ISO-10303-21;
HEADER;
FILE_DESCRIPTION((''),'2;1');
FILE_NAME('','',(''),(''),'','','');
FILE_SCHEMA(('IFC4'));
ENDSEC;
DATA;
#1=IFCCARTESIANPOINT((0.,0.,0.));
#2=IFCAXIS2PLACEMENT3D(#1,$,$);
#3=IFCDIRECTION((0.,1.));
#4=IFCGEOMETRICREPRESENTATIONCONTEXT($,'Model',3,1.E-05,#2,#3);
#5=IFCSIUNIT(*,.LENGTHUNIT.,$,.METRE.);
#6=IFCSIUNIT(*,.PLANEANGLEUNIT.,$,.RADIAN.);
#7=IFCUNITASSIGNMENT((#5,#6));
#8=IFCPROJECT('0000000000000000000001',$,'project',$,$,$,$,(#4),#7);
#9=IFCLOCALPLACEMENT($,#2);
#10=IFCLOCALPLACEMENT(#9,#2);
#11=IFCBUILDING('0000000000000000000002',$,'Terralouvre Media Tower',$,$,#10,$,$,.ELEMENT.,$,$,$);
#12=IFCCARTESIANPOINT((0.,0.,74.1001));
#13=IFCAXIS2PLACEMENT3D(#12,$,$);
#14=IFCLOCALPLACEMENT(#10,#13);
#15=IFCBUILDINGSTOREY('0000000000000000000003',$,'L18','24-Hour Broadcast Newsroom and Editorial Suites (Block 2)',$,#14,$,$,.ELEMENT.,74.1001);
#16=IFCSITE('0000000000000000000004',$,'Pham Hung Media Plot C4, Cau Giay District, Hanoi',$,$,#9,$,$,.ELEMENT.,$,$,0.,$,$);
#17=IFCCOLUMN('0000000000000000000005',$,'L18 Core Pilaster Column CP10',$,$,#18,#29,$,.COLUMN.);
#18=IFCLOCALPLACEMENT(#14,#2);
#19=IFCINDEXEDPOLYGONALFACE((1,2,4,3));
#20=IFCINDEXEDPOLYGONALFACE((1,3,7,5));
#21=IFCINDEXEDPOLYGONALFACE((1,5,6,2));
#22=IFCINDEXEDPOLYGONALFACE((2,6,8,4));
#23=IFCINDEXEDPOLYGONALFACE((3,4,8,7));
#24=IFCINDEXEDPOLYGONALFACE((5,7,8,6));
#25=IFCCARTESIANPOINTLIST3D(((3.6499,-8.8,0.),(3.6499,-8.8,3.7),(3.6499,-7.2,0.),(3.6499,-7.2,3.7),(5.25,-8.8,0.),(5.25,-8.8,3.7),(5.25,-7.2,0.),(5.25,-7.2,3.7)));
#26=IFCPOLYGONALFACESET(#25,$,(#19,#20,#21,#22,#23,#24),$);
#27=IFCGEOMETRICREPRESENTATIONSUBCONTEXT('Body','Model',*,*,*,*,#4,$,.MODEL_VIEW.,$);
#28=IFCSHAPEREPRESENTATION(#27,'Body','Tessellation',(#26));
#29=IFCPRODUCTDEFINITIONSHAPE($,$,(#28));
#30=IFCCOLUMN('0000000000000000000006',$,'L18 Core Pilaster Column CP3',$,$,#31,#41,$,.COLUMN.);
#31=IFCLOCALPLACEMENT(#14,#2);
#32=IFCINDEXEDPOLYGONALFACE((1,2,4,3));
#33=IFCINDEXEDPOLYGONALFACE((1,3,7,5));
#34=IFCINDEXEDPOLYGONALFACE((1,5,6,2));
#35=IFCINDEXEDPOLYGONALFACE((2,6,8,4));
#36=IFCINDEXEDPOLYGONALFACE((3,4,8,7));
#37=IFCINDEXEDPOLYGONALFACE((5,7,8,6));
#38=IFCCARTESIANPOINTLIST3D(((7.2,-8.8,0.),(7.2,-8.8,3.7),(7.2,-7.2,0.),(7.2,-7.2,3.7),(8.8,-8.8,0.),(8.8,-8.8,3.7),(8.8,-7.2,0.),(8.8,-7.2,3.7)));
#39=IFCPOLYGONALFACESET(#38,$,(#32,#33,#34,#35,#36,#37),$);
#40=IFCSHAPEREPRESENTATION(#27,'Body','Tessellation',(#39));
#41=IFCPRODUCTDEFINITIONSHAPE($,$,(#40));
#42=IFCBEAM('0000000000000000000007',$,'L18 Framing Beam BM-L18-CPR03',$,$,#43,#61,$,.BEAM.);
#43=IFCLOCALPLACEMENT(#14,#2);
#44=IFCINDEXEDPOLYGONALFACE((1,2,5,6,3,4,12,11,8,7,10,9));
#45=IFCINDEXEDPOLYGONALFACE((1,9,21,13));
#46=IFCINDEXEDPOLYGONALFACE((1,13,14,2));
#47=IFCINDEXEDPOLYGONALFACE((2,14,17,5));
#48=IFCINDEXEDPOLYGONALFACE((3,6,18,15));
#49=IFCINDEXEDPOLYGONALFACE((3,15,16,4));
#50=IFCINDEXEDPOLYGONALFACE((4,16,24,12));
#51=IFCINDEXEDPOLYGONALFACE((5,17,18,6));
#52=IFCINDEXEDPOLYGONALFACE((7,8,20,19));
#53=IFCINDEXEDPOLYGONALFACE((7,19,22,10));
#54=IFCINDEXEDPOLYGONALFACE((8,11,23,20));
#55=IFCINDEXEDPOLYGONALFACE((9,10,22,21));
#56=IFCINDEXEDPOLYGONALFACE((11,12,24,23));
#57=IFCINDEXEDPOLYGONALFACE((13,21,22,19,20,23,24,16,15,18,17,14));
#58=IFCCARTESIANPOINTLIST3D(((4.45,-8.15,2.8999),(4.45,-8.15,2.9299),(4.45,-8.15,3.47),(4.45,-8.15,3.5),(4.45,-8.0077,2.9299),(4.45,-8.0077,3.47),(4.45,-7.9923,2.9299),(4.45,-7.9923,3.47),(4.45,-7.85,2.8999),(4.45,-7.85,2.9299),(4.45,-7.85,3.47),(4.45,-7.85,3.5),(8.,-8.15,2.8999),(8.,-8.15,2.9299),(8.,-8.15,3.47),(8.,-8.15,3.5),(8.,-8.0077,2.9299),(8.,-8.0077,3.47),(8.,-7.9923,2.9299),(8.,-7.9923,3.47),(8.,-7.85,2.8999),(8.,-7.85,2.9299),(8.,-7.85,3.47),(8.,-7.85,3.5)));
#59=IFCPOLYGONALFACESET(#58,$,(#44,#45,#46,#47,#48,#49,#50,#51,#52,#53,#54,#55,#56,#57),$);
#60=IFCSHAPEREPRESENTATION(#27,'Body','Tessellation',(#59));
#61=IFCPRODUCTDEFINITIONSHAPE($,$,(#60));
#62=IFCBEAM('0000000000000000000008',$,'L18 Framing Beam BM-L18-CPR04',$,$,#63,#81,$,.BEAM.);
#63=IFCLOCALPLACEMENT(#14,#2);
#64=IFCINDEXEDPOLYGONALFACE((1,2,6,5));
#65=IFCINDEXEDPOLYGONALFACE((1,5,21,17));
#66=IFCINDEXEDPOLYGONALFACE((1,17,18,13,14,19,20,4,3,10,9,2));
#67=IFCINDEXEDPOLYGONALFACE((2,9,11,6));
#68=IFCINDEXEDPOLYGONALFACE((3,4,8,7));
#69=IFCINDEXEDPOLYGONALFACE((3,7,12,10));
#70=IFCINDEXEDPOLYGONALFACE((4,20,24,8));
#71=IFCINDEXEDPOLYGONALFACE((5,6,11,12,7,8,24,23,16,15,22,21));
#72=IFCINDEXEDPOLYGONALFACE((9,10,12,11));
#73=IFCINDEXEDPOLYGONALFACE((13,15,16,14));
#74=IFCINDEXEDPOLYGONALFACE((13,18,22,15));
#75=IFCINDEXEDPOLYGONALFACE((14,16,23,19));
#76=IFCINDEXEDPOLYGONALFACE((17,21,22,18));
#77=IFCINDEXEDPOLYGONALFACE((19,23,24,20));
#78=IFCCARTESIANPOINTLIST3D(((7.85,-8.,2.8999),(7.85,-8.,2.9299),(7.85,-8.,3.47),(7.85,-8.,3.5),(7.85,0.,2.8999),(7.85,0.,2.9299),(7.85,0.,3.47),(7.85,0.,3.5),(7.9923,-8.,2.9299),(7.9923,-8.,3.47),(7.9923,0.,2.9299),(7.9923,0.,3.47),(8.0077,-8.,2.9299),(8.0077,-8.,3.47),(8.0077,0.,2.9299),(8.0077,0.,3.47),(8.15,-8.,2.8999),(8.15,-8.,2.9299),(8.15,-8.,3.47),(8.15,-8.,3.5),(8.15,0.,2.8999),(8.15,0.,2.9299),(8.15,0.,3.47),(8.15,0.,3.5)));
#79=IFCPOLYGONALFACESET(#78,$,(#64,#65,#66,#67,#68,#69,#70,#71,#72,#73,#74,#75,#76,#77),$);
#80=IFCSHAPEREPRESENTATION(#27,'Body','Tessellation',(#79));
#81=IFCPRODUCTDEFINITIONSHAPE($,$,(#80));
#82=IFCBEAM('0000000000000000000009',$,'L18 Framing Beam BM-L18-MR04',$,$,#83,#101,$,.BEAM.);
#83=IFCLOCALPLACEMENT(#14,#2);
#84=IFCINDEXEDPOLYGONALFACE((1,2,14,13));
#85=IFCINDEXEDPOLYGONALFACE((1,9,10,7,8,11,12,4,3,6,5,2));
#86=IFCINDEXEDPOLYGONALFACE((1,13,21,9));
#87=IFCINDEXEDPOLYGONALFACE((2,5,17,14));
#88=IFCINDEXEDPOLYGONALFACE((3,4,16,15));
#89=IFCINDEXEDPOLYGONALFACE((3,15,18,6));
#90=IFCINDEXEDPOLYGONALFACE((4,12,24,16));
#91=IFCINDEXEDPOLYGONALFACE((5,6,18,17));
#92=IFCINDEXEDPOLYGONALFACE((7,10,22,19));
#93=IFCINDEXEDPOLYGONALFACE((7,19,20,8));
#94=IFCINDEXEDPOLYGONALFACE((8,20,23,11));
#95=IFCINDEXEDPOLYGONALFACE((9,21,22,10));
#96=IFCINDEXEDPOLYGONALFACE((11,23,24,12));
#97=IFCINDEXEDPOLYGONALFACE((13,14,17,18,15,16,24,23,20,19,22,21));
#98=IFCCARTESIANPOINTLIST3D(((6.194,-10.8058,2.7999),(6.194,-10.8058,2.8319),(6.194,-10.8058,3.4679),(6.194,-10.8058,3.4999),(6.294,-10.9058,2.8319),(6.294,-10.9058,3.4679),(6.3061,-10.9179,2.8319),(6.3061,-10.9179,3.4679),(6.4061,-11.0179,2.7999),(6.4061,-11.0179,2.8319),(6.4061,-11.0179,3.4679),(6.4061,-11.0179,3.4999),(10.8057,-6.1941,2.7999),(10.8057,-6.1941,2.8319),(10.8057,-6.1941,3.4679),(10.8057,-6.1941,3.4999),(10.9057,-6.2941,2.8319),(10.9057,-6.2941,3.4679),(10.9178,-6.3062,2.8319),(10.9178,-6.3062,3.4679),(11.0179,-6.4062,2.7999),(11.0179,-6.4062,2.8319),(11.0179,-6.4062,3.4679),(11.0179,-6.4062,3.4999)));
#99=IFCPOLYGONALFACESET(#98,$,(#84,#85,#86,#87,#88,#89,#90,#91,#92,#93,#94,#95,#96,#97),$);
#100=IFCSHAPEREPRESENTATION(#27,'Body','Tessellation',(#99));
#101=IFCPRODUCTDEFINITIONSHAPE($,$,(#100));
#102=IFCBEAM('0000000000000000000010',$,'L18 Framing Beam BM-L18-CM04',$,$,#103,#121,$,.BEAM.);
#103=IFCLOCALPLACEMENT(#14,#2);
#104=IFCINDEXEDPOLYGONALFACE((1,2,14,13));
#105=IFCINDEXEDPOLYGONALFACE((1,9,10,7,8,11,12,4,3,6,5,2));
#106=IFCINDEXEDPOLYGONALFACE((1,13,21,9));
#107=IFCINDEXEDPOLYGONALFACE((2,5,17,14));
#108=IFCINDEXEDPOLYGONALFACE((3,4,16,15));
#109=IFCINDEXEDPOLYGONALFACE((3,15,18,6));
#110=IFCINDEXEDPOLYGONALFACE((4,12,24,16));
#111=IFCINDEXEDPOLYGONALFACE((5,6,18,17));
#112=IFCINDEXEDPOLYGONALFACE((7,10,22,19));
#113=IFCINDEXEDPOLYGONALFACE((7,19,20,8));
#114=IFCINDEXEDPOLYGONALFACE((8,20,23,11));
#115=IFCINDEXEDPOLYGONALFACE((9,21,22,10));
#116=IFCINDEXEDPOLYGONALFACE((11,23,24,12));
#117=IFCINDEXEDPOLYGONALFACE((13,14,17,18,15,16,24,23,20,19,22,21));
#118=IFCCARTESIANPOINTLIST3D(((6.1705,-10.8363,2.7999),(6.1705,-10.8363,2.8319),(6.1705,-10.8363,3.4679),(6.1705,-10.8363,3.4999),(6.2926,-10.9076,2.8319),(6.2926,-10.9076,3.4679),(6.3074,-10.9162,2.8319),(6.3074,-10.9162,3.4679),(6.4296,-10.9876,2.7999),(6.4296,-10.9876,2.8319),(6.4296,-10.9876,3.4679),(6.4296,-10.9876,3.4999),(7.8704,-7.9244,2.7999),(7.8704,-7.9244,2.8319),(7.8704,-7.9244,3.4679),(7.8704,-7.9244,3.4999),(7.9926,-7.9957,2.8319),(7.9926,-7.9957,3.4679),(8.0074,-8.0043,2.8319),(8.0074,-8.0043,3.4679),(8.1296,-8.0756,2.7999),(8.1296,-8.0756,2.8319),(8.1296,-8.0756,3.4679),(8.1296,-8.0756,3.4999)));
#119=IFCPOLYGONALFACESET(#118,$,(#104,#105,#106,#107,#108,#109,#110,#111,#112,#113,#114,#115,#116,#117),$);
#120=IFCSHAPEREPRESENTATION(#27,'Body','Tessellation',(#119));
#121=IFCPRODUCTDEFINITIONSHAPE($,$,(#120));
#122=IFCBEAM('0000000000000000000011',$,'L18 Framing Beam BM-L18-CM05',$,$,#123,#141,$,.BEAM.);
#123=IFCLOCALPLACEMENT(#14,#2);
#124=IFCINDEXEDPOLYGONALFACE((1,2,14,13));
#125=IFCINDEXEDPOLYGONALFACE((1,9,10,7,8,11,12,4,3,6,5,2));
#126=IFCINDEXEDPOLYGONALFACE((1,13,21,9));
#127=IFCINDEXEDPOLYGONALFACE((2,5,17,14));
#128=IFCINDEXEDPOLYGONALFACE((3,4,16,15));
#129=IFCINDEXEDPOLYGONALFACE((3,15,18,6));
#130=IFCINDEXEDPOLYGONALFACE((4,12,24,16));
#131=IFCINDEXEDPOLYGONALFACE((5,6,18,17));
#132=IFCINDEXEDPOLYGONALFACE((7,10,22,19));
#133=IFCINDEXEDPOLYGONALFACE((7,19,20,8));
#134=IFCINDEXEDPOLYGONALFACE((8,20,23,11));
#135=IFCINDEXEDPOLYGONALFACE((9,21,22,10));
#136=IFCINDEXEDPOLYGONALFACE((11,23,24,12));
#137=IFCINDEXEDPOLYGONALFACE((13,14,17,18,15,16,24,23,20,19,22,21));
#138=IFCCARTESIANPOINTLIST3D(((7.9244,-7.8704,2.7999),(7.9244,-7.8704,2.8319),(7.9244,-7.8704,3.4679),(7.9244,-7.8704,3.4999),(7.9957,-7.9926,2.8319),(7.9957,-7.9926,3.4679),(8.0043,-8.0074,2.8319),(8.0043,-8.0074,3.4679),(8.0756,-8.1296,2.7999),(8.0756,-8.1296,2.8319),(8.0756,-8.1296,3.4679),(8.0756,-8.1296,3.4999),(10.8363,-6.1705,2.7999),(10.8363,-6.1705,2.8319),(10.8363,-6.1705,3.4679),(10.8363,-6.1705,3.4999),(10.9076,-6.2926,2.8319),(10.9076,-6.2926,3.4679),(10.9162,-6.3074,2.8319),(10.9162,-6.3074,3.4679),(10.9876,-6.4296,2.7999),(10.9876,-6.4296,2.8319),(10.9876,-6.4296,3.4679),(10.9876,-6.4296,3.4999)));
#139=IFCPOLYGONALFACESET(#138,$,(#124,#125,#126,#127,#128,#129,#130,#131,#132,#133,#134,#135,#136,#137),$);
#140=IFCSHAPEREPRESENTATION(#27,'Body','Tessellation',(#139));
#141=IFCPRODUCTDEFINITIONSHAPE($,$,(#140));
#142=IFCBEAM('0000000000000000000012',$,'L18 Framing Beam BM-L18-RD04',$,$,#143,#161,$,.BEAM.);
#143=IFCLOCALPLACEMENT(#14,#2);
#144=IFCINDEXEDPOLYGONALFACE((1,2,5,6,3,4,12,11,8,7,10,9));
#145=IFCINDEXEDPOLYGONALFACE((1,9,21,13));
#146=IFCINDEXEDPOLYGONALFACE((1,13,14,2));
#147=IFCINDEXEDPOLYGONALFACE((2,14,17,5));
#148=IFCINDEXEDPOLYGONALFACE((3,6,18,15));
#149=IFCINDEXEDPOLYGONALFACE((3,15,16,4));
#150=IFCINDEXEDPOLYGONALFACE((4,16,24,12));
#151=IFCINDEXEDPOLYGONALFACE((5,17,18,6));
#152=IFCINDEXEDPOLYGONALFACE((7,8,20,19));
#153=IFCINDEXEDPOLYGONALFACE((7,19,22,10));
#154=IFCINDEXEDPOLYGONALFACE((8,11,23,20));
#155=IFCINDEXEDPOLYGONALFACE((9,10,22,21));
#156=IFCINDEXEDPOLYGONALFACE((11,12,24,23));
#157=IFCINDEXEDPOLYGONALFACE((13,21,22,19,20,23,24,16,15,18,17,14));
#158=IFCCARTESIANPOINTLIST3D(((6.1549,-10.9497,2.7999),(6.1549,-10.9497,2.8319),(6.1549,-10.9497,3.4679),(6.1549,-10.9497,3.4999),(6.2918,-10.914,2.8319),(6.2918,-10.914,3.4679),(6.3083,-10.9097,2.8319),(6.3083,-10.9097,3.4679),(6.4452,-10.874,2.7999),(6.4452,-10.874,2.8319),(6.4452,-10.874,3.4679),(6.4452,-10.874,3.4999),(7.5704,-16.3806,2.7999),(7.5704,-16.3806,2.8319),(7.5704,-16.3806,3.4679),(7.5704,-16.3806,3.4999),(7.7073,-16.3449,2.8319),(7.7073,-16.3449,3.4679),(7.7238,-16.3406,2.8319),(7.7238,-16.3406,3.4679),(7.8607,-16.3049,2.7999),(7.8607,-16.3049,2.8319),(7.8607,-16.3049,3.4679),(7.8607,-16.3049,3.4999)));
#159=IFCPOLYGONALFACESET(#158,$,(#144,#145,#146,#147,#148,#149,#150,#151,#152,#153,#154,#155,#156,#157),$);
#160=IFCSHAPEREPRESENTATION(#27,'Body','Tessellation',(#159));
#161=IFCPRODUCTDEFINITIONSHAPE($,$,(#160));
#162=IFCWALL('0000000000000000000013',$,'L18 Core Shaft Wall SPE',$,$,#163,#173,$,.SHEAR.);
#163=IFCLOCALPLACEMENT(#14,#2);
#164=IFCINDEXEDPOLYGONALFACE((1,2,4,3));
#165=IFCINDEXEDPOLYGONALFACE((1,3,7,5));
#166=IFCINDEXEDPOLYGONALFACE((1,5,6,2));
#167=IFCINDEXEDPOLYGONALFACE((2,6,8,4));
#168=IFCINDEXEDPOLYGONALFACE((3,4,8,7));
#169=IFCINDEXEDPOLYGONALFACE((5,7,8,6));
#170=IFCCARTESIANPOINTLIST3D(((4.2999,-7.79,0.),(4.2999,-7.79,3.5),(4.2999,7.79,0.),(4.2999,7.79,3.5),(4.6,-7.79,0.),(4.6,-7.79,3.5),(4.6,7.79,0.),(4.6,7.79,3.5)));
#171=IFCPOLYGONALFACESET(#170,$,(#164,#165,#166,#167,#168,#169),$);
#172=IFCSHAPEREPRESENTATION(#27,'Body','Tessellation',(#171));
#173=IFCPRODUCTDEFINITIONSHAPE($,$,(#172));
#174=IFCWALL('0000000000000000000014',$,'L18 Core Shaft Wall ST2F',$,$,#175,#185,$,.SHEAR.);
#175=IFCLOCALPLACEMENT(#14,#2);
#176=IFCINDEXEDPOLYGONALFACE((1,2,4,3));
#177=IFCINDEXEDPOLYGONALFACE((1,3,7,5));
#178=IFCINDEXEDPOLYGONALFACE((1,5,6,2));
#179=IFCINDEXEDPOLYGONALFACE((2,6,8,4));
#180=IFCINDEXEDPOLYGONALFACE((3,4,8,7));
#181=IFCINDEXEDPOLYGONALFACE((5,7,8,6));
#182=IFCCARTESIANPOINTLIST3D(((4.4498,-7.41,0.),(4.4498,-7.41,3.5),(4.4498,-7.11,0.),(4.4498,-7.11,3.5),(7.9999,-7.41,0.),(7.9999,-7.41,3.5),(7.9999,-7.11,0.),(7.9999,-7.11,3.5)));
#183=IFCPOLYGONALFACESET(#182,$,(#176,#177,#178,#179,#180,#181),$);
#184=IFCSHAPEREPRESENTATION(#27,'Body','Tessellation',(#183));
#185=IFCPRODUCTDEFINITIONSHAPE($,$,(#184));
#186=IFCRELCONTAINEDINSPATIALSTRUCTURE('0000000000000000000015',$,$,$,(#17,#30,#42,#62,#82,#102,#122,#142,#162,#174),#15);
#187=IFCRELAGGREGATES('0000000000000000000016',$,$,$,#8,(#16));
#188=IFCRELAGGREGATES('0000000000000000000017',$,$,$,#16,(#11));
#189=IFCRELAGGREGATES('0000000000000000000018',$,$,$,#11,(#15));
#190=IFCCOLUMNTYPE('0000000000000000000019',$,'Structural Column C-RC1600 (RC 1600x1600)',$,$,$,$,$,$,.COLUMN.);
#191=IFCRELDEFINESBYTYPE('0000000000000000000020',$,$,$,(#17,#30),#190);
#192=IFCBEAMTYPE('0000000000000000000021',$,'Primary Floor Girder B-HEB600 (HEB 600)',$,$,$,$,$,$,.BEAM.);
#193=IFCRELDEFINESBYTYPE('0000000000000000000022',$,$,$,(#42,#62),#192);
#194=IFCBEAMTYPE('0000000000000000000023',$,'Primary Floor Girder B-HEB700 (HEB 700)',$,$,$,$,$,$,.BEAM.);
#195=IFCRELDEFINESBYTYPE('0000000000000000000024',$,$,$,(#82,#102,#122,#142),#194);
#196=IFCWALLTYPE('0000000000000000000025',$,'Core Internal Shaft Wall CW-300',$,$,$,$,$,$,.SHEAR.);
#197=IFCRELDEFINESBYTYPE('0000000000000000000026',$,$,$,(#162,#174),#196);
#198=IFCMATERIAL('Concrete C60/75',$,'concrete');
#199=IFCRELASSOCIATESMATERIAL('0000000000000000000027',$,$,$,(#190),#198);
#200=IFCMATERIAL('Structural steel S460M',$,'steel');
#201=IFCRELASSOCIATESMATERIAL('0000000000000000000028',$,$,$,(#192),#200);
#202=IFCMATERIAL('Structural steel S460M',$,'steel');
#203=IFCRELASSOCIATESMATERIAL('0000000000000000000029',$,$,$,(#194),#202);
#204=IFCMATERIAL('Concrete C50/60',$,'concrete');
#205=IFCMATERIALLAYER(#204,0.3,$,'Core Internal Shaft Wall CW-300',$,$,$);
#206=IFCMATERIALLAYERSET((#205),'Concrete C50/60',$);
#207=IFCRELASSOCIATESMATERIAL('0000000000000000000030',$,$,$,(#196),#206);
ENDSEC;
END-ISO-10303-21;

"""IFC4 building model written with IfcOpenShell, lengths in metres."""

from ifc_helpers import new_model, si_unit, direction, frame, frame_2d, origin, origin_2d, place, context, subcontext, project, spatial, rectangle, i_section, extrude, material, layer, layer_set, material_profile, profile_set, type_object, element, save


model = new_model("IFC4")

# Units and contexts
model_context = context("Model", 3, precision=1e-05, world=origin(), true_north=direction((0.0, 1.0)))
body_context = subcontext(model_context, "Body", "Model", "MODEL_VIEW")
ifc_project = project(units=[si_unit("LENGTHUNIT", "METRE"), si_unit("PLANEANGLEUNIT", "RADIAN")], contexts=[model_context])

# Site, building, storey
site_placement = place(None, origin())
site = spatial("IfcSite", under=ifc_project, at=site_placement, Name="Pham Hung Media Plot C4, Cau Giay District, Hanoi", CompositionType="ELEMENT", RefElevation=0.0)
building_placement = place(site_placement, origin())
building = spatial("IfcBuilding", under=site, at=building_placement, Name="Terralouvre Media Tower", CompositionType="ELEMENT")
storey_placement = place(building_placement, frame((0.0, 0.0, 74.1001)))
storey = spatial("IfcBuildingStorey", under=building, at=storey_placement, Name="L18", Description="24-Hour Broadcast Newsroom and Editorial Suites (Block 2)", CompositionType="ELEMENT", Elevation=74.1001)

# Columns
ifc_material_1 = material(Name="Concrete C60/75", Category="concrete")
ifc_material_profile_1 = material_profile(ifc_material_1, rectangle(XDim=1.6001, YDim=1.6001, at=origin_2d()), Name="RC 1600x1600")
ifc_profile_set_1 = profile_set([ifc_material_profile_1], Name="Concrete C60/75")
column_type = type_object("IfcColumnType", Name="Structural Column C-RC1600 (RC 1600x1600)", PredefinedType="COLUMN", material=ifc_profile_set_1)
for number, where, z_axis, x_axis, name in (
    (1, (4.45, -8.0, 0.0), (0.0, 0.0, 1.0), (1.0, 0.0, 0.0), "L18 Core Pilaster Column CP10"),
    (2, (8.0, -8.0, 0.0), (0.0, 0.0, 1.0), (1.0, 0.0, 0.0), "L18 Core Pilaster Column CP3"),
):
    element("IfcColumn", number, at=place(storey_placement, frame(where, z_axis=z_axis, x_axis=x_axis)), inside=storey, type_object=column_type, Name=name, PredefinedType="COLUMN", context=body_context, shape_type="SweptSolid", body=[
        extrude(rectangle(XDim=1.6001, YDim=1.6001, at=origin_2d()), origin(), (0.0, 0.0, 1.0), 3.7),
    ])

# Beams
ifc_material_2 = material(Name="Structural steel S460M", Category="steel")
ifc_material_profile_2 = material_profile(ifc_material_2, i_section(OverallWidth=0.3, OverallDepth=0.6001, WebThickness=0.0154, FlangeThickness=0.03, at=origin_2d()), Name="HEB 600")
ifc_profile_set_2 = profile_set([ifc_material_profile_2], Name="Structural steel S460M")
beam_type_1 = type_object("IfcBeamType", Name="Primary Floor Girder B-HEB600 (HEB 600)", PredefinedType="BEAM", material=ifc_profile_set_2)
beam_1_placement = place(storey_placement, frame((4.45, -8.0, 3.2), z_axis=(1.0, 0.0, 0.0), x_axis=(0.0, 1.0, 0.0)))
element("IfcBeam", 3, at=beam_1_placement, inside=storey, type_object=beam_type_1, Name="L18 Framing Beam BM-L18-CPR03", PredefinedType="BEAM", context=body_context, shape_type="SweptSolid", body=[
    extrude(i_section(OverallWidth=0.3, OverallDepth=0.6001, WebThickness=0.0154, FlangeThickness=0.03, at=origin_2d()), origin(), (0.0, 0.0, 1.0), 3.55),
])
beam_2_placement = place(storey_placement, frame((8.0, -8.0, 3.2), z_axis=(0.0, 1.0, 0.0), x_axis=(-1.0, 0.0, 0.0)))
element("IfcBeam", 4, at=beam_2_placement, inside=storey, type_object=beam_type_1, Name="L18 Framing Beam BM-L18-CPR04", PredefinedType="BEAM", context=body_context, shape_type="SweptSolid", body=[
    extrude(i_section(OverallWidth=0.3, OverallDepth=0.6001, WebThickness=0.0154, FlangeThickness=0.03, at=origin_2d()), origin(), (0.0, 0.0, 1.0), 8.0),
])
ifc_material_3 = material(Name="Structural steel S460M", Category="steel")
ifc_material_profile_3 = material_profile(ifc_material_3, i_section(OverallWidth=0.3, OverallDepth=0.7, WebThickness=0.0171, FlangeThickness=0.032, at=origin_2d()), Name="HEB 700")
ifc_profile_set_3 = profile_set([ifc_material_profile_3], Name="Structural steel S460M")
beam_type_2 = type_object("IfcBeamType", Name="Primary Floor Girder B-HEB700 (HEB 700)", PredefinedType="BEAM", material=ifc_profile_set_3)
beam_3_placement = place(storey_placement, frame((6.3, -10.9119, 3.1499), z_axis=(0.707107, 0.707107, 0.0), x_axis=(-0.707107, 0.707107, 0.0)))
element("IfcBeam", 5, at=beam_3_placement, inside=storey, type_object=beam_type_2, Name="L18 Framing Beam BM-L18-MR04", PredefinedType="BEAM", context=body_context, shape_type="SweptSolid", body=[
    extrude(i_section(OverallWidth=0.3, OverallDepth=0.7, WebThickness=0.0171, FlangeThickness=0.032, at=origin_2d()), origin(), (0.0, 0.0, 1.0), 6.522),
])
for number, where, z_axis, x_axis, name in (
    (6, (8.0, -8.0, 3.1499), (-0.504173, -0.863603, 0.0), (0.863603, -0.504173, 0.0), "L18 Framing Beam BM-L18-CM04"),
    (7, (8.0, -8.0, 3.1499), (0.863603, 0.504173, 0.0), (-0.504173, 0.863603, 0.0), "L18 Framing Beam BM-L18-CM05"),
):
    element("IfcBeam", number, at=place(storey_placement, frame(where, z_axis=z_axis, x_axis=x_axis)), inside=storey, type_object=beam_type_2, Name=name, PredefinedType="BEAM", context=body_context, shape_type="SweptSolid", body=[
        extrude(i_section(OverallWidth=0.3, OverallDepth=0.7, WebThickness=0.0171, FlangeThickness=0.032, at=origin_2d()), origin(), (0.0, 0.0, 1.0), 3.3718),
    ])
beam_4_placement = place(storey_placement, frame((6.3, -10.9119, 3.1499), z_axis=(0.252216, -0.967671, 0.0), x_axis=(0.967671, 0.252216, 0.0)))
element("IfcBeam", 8, at=beam_4_placement, inside=storey, type_object=beam_type_2, Name="L18 Framing Beam BM-L18-RD04", PredefinedType="BEAM", context=body_context, shape_type="SweptSolid", body=[
    extrude(i_section(OverallWidth=0.3, OverallDepth=0.7, WebThickness=0.0171, FlangeThickness=0.032, at=origin_2d()), origin(), (0.0, 0.0, 1.0), 5.6123),
])

# Walls
ifc_material_4 = material(Name="Concrete C50/60", Category="concrete")
ifc_layer_1 = layer(ifc_material_4, 0.3, Name="Core Internal Shaft Wall CW-300")
ifc_layer_set_1 = layer_set([ifc_layer_1], Name="Concrete C50/60")
wall_type_1 = type_object("IfcWallType", Name="Core Internal Shaft Wall CW-300", PredefinedType="SHEAR", material=ifc_layer_set_1)
wall_1_placement = place(storey_placement, frame((4.45, -7.79, 0.0), z_axis=(0.0, 0.0, 1.0), x_axis=(0.0, 1.0, 0.0)))
element("IfcWall", 9, at=wall_1_placement, inside=storey, type_object=wall_type_1, Name="L18 Core Shaft Wall SPE", PredefinedType="SHEAR", context=body_context, shape_type="SweptSolid", body=[
    extrude(rectangle(XDim=15.5801, YDim=0.3, at=frame_2d((7.79, 0.0))), origin(), (0.0, 0.0, 1.0), 3.5),
])
wall_2_placement = place(storey_placement, frame((4.45, -7.26, 0.0), z_axis=(0.0, 0.0, 1.0), x_axis=(1.0, 0.0, 0.0)))
element("IfcWall", 10, at=wall_2_placement, inside=storey, type_object=wall_type_1, Name="L18 Core Shaft Wall ST2F", PredefinedType="SHEAR", context=body_context, shape_type="SweptSolid", body=[
    extrude(rectangle(XDim=3.55, YDim=0.3, at=frame_2d((1.7749, 0.0))), origin(), (0.0, 0.0, 1.0), 3.5),
])

save(model, "model.ifc")
